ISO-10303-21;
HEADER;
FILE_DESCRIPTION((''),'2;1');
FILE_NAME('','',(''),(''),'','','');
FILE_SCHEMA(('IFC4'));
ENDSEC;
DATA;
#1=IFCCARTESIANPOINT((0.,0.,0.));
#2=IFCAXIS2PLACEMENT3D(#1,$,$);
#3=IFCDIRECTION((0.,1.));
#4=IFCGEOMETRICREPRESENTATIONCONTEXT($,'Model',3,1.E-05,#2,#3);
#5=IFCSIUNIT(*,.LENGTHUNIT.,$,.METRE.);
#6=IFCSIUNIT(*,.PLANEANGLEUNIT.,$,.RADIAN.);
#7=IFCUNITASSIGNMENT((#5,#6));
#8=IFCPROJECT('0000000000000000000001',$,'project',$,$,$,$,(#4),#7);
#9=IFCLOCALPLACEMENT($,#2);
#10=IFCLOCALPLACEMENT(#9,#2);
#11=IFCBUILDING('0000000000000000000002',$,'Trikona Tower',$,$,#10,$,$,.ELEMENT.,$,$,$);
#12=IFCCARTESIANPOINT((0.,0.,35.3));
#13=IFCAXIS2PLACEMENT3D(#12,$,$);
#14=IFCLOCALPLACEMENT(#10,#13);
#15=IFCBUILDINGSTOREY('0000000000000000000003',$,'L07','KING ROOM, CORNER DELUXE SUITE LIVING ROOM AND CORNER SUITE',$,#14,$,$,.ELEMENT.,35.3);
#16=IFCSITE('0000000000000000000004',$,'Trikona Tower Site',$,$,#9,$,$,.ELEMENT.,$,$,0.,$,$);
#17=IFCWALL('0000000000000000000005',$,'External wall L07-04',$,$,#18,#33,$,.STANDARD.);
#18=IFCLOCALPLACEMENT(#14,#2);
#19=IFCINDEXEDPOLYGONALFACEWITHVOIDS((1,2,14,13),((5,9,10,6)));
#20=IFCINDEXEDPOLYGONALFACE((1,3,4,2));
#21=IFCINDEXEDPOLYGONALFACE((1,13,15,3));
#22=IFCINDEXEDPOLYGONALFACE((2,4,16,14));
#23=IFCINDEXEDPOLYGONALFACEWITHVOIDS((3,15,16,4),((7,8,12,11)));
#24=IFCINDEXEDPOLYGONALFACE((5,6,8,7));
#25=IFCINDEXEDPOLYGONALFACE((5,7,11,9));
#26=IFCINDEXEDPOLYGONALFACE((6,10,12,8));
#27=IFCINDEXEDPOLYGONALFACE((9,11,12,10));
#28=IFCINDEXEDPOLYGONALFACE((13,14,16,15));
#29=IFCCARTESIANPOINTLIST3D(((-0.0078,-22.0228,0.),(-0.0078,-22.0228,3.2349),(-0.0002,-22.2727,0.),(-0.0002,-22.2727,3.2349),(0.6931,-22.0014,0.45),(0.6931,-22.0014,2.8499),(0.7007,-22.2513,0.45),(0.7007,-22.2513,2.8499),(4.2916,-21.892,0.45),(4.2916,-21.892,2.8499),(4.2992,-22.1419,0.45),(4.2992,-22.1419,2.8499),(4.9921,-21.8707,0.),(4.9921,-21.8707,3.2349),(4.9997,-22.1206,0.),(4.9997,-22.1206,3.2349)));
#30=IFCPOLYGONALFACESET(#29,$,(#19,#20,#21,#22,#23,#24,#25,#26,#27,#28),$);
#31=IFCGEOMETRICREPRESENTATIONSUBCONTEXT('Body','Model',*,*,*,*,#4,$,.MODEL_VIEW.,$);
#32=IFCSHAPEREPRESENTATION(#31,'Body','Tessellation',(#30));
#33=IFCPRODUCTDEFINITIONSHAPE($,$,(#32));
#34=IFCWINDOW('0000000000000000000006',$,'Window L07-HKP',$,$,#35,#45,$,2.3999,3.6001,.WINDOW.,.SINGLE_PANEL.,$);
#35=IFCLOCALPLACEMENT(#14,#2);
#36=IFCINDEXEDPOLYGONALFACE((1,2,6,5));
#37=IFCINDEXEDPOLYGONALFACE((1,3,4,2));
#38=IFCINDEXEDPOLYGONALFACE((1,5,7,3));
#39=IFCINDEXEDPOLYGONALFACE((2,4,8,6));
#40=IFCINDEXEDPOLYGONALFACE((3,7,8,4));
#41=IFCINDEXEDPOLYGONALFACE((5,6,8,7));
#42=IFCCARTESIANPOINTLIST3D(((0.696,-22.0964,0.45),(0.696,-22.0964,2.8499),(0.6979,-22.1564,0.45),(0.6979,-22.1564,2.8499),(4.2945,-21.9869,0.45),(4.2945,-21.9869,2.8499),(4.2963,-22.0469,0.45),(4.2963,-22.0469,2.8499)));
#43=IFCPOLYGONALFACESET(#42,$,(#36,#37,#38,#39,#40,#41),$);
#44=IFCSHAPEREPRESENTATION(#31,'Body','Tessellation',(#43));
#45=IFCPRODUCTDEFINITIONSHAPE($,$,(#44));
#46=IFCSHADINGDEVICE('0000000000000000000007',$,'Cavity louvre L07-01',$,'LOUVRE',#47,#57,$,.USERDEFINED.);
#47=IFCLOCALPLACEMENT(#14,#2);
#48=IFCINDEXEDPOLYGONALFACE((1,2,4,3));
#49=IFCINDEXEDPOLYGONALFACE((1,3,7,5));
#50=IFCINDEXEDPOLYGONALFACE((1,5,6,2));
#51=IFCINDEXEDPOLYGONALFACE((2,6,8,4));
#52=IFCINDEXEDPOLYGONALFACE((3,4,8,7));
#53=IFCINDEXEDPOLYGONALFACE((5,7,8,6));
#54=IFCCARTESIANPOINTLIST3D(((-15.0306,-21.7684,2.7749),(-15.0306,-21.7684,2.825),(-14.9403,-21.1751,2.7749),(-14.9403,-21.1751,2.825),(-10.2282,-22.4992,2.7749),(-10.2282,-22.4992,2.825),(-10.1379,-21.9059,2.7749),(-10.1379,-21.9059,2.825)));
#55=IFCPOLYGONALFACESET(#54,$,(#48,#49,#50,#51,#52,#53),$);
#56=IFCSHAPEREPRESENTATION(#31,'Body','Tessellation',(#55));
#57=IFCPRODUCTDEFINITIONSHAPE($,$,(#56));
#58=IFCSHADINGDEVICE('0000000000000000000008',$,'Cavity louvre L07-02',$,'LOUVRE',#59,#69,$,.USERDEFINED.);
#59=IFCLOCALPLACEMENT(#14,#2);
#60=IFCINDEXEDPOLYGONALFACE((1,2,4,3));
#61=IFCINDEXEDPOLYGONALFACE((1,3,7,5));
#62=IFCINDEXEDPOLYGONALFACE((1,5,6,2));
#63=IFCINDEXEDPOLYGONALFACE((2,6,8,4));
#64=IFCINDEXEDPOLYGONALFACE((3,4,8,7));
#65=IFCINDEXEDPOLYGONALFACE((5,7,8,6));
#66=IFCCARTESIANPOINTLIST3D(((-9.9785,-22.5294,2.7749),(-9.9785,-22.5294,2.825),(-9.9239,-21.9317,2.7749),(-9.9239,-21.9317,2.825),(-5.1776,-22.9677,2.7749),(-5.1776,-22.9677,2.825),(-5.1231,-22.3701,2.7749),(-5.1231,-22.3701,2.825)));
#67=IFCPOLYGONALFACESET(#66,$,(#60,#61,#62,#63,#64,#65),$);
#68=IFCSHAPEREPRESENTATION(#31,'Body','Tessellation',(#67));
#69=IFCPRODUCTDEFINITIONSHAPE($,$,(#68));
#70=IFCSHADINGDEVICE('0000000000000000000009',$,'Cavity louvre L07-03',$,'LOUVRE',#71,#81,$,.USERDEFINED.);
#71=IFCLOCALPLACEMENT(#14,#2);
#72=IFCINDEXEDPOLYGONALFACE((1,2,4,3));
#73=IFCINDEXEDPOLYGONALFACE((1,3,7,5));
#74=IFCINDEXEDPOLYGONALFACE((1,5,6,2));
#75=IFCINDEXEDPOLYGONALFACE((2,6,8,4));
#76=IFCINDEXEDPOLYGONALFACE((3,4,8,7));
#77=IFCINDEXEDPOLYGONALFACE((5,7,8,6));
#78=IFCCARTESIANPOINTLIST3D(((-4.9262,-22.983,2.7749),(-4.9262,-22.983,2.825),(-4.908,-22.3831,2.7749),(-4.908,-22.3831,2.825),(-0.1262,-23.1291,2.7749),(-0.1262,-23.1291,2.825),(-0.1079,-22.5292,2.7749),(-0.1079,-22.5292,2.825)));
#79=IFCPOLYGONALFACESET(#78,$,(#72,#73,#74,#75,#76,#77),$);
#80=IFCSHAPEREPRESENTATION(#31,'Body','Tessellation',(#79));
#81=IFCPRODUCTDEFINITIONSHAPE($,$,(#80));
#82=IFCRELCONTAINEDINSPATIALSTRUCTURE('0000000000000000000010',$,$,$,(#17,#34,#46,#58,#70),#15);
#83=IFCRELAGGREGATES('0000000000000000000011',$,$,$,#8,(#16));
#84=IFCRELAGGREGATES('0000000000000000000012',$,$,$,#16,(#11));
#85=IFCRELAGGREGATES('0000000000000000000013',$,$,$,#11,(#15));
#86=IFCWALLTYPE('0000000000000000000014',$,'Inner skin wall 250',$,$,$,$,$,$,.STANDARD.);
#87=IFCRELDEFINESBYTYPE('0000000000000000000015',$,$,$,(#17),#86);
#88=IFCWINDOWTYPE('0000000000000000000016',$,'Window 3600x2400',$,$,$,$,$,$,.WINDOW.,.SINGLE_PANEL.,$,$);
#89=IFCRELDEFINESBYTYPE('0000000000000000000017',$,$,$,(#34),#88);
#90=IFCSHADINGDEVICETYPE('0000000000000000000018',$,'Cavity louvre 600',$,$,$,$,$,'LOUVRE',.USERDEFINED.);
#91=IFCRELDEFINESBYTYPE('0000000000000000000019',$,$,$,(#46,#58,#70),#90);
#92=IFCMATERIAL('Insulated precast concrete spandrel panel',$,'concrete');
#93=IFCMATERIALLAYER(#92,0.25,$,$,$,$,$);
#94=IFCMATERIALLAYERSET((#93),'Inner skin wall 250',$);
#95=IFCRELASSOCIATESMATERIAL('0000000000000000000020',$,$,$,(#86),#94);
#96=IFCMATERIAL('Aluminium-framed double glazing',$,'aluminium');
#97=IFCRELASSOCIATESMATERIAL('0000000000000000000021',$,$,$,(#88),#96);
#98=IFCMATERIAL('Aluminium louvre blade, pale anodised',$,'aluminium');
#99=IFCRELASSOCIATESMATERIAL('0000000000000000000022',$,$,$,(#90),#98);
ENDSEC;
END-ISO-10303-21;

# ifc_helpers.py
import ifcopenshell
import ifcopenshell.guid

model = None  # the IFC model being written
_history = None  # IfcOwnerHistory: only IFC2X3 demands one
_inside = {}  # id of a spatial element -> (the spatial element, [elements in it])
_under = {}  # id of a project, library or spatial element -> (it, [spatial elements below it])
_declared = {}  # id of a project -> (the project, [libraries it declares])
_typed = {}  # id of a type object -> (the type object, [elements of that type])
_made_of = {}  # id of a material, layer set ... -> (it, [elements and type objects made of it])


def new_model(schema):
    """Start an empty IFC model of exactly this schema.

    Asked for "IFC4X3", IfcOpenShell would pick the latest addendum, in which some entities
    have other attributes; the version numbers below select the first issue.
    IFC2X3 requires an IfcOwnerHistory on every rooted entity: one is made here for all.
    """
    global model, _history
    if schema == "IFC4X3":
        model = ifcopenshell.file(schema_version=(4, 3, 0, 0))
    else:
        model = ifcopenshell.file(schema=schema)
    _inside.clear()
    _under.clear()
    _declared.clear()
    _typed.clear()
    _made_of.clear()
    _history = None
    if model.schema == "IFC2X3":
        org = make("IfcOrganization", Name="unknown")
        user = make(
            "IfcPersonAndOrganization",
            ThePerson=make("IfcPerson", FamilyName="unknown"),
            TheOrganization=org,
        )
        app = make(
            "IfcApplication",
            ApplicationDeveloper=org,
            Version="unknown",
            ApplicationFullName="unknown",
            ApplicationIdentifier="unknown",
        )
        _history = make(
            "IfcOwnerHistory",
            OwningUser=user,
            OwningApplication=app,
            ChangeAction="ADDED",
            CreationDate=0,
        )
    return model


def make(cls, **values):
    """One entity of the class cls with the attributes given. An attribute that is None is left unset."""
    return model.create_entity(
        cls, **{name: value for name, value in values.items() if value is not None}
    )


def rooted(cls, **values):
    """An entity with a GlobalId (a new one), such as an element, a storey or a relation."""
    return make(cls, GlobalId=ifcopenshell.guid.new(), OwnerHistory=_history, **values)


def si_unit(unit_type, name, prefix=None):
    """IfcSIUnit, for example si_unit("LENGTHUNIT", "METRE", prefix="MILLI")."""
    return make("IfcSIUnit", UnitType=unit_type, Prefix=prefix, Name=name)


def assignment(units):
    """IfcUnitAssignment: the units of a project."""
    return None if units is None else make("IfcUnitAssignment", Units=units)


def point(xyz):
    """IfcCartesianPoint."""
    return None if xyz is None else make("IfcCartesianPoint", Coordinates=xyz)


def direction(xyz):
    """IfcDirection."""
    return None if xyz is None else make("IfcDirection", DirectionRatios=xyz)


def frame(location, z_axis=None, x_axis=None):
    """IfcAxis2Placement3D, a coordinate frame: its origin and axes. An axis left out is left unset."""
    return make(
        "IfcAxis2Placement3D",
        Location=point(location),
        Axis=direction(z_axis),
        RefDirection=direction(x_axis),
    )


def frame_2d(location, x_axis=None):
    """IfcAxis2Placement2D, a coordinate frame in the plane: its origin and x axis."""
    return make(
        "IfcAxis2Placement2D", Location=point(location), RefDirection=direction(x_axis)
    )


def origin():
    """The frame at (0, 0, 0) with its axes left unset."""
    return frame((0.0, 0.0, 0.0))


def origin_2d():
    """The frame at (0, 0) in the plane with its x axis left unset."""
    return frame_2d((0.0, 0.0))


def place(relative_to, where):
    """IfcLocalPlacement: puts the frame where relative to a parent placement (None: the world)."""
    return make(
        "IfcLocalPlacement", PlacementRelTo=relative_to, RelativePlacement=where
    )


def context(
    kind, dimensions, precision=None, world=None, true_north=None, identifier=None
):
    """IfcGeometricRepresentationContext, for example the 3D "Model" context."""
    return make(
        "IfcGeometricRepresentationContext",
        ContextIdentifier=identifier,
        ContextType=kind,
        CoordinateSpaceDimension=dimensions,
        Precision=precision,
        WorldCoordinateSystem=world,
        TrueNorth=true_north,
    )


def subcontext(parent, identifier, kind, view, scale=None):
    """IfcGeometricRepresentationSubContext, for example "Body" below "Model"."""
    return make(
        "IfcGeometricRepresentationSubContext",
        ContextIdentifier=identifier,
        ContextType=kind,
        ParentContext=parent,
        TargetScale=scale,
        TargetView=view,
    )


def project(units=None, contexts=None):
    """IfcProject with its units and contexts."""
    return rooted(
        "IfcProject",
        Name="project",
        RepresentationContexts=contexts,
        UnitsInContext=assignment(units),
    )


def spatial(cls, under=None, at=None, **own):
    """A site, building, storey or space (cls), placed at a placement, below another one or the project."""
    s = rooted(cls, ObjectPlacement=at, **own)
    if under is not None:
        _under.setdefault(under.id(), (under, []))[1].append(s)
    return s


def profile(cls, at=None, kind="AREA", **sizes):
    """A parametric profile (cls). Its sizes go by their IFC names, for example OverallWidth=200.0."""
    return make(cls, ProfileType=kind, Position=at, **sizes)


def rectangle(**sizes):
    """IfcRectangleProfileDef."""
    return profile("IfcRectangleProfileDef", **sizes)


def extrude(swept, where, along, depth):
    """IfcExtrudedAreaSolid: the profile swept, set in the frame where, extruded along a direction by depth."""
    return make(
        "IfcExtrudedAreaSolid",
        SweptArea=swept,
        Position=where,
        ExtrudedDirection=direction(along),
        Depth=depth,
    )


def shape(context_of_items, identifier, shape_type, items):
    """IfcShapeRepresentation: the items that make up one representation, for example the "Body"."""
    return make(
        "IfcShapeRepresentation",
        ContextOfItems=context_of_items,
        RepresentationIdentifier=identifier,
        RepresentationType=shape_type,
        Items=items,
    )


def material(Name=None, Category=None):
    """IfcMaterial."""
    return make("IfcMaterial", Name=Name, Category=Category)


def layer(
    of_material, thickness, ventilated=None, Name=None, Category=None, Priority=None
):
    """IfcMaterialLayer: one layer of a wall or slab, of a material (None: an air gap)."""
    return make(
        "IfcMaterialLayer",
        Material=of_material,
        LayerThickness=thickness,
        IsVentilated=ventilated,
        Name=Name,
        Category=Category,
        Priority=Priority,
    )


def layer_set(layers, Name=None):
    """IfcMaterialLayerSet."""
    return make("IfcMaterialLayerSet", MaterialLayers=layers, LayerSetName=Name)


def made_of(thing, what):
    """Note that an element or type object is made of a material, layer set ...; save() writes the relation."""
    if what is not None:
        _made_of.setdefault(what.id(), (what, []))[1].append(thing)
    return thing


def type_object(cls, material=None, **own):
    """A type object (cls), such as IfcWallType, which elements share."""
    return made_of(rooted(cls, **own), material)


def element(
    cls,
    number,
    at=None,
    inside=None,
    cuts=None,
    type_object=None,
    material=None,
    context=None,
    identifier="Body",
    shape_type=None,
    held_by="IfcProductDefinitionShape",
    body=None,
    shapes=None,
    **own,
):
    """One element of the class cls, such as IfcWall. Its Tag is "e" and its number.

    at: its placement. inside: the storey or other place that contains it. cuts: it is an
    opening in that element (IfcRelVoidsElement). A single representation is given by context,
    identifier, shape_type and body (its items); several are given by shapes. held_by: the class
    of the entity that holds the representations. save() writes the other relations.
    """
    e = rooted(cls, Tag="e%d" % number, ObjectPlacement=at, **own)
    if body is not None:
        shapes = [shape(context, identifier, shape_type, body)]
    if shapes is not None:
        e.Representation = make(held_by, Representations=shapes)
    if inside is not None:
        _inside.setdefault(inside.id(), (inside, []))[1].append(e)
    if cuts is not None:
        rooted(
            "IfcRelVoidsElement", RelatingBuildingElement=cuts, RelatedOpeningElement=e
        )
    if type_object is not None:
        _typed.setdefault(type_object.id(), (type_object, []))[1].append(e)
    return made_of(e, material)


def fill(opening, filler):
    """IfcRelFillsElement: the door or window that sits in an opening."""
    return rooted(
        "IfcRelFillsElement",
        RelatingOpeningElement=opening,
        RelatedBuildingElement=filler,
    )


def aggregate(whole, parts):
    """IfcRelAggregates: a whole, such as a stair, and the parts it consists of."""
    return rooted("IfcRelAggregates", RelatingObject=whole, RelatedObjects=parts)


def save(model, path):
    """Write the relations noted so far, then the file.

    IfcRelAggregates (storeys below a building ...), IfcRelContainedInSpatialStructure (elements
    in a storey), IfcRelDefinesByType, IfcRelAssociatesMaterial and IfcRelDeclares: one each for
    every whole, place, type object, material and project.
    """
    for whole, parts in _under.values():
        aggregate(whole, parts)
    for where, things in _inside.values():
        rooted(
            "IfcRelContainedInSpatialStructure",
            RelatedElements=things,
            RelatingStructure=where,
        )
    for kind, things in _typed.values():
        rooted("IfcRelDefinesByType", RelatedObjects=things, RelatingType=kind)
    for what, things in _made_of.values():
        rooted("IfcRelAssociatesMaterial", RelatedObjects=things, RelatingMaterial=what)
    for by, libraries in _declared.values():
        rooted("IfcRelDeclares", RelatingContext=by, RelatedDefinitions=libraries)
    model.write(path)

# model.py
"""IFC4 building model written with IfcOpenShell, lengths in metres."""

from ifc_helpers import new_model, si_unit, direction, frame, frame_2d, origin, origin_2d, place, context, subcontext, project, spatial, rectangle, extrude, material, layer, layer_set, type_object, element, fill, save


model = new_model("IFC4")

# Units and contexts
model_context = context("Model", 3, precision=1e-05, world=origin(), true_north=direction((0.0, 1.0)))
body_context = subcontext(model_context, "Body", "Model", "MODEL_VIEW")
ifc_project = project(units=[si_unit("LENGTHUNIT", "METRE"), si_unit("PLANEANGLEUNIT", "RADIAN")], contexts=[model_context])

# Site, building, storey
site_placement = place(None, origin())
site = spatial("IfcSite", under=ifc_project, at=site_placement, Name="Trikona Tower Site", CompositionType="ELEMENT", RefElevation=0.0)
building_placement = place(site_placement, origin())
building = spatial("IfcBuilding", under=site, at=building_placement, Name="Trikona Tower", CompositionType="ELEMENT")
storey_placement = place(building_placement, frame((0.0, 0.0, 35.3)))
storey = spatial("IfcBuildingStorey", under=building, at=storey_placement, Name="L07", Description="KING ROOM, CORNER DELUXE SUITE LIVING ROOM AND CORNER SUITE", CompositionType="ELEMENT", Elevation=35.3)

# Wall, opening, window
ifc_material_1 = material(Name="Insulated precast concrete spandrel panel", Category="concrete")
ifc_layer_1 = layer(ifc_material_1, 0.25)
ifc_layer_set_1 = layer_set([ifc_layer_1], Name="Inner skin wall 250")
wall_type = type_object("IfcWallType", Name="Inner skin wall 250", PredefinedType="STANDARD", material=ifc_layer_set_1)
ifc_material_2 = material(Name="Aluminium-framed double glazing", Category="aluminium")
window_type = type_object("IfcWindowType", Name="Window 3600x2400", PartitioningType="SINGLE_PANEL", PredefinedType="WINDOW", material=ifc_material_2)
wall_1_placement = place(storey_placement, frame((-0.0039, -22.1477, 0.0), z_axis=(0.0, 0.0, 1.0), x_axis=(0.999538, 0.030406, 0.0)))
wall_1 = element("IfcWall", 1, at=wall_1_placement, inside=storey, type_object=wall_type, Name="External wall L07-04", PredefinedType="STANDARD", context=body_context, shape_type="SweptSolid", body=[
    extrude(rectangle(XDim=5.0022, YDim=0.25, at=frame_2d((2.501, 0.0))), origin(), (0.0, 0.0, 1.0), 3.2349),
])
opening_1_placement = place(wall_1_placement, frame((0.7012, 0.0, 0.45)))
opening_1 = element("IfcOpeningElement", 2, at=opening_1_placement, cuts=wall_1, PredefinedType="OPENING", context=body_context, shape_type="SweptSolid", body=[
    extrude(rectangle(XDim=3.6001, YDim=2.3999, at=frame_2d((1.8, 1.2))), frame((0.0, 0.135, 0.0), z_axis=(0.0, -1.0, 0.0), x_axis=(1.0, 0.0, 0.0)), (0.0, 0.0, 1.0), 0.27),
])
window_1_placement = place(opening_1_placement, origin())
window_1 = element("IfcWindow", 3, at=window_1_placement, inside=storey, type_object=window_type, Name="Window L07-HKP", OverallHeight=2.3999, OverallWidth=3.6001, PartitioningType="SINGLE_PANEL", PredefinedType="WINDOW", context=body_context, shape_type="SweptSolid", body=[
    extrude(rectangle(XDim=3.6001, YDim=2.3999, at=frame_2d((1.8, 1.2))), frame((0.0, 0.03, 0.0), z_axis=(0.0, -1.0, 0.0), x_axis=(1.0, 0.0, 0.0)), (0.0, 0.0, 1.0), 0.0601),
])
fill(opening_1, window_1)

# Shading devices
ifc_material_3 = material(Name="Aluminium louvre blade, pale anodised", Category="aluminium")
shading_device_type = type_object("IfcShadingDeviceType", Name="Cavity louvre 600", ElementType="LOUVRE", PredefinedType="USERDEFINED", material=ifc_material_3)
shading_device_1_placement = place(storey_placement, frame((-12.5842, -21.8372, 2.7749), z_axis=(0.0, 0.0, 1.0), x_axis=(0.988618, -0.150448, 0.0)))
element("IfcShadingDevice", 4, at=shading_device_1_placement, inside=storey, type_object=shading_device_type, Name="Cavity louvre L07-01", ObjectType="LOUVRE", PredefinedType="USERDEFINED", context=body_context, shape_type="SweptSolid", body=[
    extrude(rectangle(XDim=4.8577, YDim=0.6001, at=origin_2d()), origin(), (0.0, 0.0, 1.0), 0.05),
])
shading_device_2_placement = place(storey_placement, frame((-7.5508, -22.4497, 2.7749), z_axis=(0.0, 0.0, 1.0), x_axis=(0.995858, -0.090921, 0.0)))
element("IfcShadingDevice", 5, at=shading_device_2_placement, inside=storey, type_object=shading_device_type, Name="Cavity louvre L07-02", ObjectType="LOUVRE", PredefinedType="USERDEFINED", context=body_context, shape_type="SweptSolid", body=[
    extrude(rectangle(XDim=4.8208, YDim=0.6001, at=origin_2d()), origin(), (0.0, 0.0, 1.0), 0.05),
])
shading_device_3_placement = place(storey_placement, frame((-2.5171, -22.7561, 2.7749), z_axis=(0.0, 0.0, 1.0), x_axis=(0.999537, -0.030425, 0.0)))
element("IfcShadingDevice", 6, at=shading_device_3_placement, inside=storey, type_object=shading_device_type, Name="Cavity louvre L07-03", ObjectType="LOUVRE", PredefinedType="USERDEFINED", context=body_context, shape_type="SweptSolid", body=[
    extrude(rectangle(XDim=4.8022, YDim=0.6001, at=origin_2d()), origin(), (0.0, 0.0, 1.0), 0.05),
])

save(model, "model.ifc")
